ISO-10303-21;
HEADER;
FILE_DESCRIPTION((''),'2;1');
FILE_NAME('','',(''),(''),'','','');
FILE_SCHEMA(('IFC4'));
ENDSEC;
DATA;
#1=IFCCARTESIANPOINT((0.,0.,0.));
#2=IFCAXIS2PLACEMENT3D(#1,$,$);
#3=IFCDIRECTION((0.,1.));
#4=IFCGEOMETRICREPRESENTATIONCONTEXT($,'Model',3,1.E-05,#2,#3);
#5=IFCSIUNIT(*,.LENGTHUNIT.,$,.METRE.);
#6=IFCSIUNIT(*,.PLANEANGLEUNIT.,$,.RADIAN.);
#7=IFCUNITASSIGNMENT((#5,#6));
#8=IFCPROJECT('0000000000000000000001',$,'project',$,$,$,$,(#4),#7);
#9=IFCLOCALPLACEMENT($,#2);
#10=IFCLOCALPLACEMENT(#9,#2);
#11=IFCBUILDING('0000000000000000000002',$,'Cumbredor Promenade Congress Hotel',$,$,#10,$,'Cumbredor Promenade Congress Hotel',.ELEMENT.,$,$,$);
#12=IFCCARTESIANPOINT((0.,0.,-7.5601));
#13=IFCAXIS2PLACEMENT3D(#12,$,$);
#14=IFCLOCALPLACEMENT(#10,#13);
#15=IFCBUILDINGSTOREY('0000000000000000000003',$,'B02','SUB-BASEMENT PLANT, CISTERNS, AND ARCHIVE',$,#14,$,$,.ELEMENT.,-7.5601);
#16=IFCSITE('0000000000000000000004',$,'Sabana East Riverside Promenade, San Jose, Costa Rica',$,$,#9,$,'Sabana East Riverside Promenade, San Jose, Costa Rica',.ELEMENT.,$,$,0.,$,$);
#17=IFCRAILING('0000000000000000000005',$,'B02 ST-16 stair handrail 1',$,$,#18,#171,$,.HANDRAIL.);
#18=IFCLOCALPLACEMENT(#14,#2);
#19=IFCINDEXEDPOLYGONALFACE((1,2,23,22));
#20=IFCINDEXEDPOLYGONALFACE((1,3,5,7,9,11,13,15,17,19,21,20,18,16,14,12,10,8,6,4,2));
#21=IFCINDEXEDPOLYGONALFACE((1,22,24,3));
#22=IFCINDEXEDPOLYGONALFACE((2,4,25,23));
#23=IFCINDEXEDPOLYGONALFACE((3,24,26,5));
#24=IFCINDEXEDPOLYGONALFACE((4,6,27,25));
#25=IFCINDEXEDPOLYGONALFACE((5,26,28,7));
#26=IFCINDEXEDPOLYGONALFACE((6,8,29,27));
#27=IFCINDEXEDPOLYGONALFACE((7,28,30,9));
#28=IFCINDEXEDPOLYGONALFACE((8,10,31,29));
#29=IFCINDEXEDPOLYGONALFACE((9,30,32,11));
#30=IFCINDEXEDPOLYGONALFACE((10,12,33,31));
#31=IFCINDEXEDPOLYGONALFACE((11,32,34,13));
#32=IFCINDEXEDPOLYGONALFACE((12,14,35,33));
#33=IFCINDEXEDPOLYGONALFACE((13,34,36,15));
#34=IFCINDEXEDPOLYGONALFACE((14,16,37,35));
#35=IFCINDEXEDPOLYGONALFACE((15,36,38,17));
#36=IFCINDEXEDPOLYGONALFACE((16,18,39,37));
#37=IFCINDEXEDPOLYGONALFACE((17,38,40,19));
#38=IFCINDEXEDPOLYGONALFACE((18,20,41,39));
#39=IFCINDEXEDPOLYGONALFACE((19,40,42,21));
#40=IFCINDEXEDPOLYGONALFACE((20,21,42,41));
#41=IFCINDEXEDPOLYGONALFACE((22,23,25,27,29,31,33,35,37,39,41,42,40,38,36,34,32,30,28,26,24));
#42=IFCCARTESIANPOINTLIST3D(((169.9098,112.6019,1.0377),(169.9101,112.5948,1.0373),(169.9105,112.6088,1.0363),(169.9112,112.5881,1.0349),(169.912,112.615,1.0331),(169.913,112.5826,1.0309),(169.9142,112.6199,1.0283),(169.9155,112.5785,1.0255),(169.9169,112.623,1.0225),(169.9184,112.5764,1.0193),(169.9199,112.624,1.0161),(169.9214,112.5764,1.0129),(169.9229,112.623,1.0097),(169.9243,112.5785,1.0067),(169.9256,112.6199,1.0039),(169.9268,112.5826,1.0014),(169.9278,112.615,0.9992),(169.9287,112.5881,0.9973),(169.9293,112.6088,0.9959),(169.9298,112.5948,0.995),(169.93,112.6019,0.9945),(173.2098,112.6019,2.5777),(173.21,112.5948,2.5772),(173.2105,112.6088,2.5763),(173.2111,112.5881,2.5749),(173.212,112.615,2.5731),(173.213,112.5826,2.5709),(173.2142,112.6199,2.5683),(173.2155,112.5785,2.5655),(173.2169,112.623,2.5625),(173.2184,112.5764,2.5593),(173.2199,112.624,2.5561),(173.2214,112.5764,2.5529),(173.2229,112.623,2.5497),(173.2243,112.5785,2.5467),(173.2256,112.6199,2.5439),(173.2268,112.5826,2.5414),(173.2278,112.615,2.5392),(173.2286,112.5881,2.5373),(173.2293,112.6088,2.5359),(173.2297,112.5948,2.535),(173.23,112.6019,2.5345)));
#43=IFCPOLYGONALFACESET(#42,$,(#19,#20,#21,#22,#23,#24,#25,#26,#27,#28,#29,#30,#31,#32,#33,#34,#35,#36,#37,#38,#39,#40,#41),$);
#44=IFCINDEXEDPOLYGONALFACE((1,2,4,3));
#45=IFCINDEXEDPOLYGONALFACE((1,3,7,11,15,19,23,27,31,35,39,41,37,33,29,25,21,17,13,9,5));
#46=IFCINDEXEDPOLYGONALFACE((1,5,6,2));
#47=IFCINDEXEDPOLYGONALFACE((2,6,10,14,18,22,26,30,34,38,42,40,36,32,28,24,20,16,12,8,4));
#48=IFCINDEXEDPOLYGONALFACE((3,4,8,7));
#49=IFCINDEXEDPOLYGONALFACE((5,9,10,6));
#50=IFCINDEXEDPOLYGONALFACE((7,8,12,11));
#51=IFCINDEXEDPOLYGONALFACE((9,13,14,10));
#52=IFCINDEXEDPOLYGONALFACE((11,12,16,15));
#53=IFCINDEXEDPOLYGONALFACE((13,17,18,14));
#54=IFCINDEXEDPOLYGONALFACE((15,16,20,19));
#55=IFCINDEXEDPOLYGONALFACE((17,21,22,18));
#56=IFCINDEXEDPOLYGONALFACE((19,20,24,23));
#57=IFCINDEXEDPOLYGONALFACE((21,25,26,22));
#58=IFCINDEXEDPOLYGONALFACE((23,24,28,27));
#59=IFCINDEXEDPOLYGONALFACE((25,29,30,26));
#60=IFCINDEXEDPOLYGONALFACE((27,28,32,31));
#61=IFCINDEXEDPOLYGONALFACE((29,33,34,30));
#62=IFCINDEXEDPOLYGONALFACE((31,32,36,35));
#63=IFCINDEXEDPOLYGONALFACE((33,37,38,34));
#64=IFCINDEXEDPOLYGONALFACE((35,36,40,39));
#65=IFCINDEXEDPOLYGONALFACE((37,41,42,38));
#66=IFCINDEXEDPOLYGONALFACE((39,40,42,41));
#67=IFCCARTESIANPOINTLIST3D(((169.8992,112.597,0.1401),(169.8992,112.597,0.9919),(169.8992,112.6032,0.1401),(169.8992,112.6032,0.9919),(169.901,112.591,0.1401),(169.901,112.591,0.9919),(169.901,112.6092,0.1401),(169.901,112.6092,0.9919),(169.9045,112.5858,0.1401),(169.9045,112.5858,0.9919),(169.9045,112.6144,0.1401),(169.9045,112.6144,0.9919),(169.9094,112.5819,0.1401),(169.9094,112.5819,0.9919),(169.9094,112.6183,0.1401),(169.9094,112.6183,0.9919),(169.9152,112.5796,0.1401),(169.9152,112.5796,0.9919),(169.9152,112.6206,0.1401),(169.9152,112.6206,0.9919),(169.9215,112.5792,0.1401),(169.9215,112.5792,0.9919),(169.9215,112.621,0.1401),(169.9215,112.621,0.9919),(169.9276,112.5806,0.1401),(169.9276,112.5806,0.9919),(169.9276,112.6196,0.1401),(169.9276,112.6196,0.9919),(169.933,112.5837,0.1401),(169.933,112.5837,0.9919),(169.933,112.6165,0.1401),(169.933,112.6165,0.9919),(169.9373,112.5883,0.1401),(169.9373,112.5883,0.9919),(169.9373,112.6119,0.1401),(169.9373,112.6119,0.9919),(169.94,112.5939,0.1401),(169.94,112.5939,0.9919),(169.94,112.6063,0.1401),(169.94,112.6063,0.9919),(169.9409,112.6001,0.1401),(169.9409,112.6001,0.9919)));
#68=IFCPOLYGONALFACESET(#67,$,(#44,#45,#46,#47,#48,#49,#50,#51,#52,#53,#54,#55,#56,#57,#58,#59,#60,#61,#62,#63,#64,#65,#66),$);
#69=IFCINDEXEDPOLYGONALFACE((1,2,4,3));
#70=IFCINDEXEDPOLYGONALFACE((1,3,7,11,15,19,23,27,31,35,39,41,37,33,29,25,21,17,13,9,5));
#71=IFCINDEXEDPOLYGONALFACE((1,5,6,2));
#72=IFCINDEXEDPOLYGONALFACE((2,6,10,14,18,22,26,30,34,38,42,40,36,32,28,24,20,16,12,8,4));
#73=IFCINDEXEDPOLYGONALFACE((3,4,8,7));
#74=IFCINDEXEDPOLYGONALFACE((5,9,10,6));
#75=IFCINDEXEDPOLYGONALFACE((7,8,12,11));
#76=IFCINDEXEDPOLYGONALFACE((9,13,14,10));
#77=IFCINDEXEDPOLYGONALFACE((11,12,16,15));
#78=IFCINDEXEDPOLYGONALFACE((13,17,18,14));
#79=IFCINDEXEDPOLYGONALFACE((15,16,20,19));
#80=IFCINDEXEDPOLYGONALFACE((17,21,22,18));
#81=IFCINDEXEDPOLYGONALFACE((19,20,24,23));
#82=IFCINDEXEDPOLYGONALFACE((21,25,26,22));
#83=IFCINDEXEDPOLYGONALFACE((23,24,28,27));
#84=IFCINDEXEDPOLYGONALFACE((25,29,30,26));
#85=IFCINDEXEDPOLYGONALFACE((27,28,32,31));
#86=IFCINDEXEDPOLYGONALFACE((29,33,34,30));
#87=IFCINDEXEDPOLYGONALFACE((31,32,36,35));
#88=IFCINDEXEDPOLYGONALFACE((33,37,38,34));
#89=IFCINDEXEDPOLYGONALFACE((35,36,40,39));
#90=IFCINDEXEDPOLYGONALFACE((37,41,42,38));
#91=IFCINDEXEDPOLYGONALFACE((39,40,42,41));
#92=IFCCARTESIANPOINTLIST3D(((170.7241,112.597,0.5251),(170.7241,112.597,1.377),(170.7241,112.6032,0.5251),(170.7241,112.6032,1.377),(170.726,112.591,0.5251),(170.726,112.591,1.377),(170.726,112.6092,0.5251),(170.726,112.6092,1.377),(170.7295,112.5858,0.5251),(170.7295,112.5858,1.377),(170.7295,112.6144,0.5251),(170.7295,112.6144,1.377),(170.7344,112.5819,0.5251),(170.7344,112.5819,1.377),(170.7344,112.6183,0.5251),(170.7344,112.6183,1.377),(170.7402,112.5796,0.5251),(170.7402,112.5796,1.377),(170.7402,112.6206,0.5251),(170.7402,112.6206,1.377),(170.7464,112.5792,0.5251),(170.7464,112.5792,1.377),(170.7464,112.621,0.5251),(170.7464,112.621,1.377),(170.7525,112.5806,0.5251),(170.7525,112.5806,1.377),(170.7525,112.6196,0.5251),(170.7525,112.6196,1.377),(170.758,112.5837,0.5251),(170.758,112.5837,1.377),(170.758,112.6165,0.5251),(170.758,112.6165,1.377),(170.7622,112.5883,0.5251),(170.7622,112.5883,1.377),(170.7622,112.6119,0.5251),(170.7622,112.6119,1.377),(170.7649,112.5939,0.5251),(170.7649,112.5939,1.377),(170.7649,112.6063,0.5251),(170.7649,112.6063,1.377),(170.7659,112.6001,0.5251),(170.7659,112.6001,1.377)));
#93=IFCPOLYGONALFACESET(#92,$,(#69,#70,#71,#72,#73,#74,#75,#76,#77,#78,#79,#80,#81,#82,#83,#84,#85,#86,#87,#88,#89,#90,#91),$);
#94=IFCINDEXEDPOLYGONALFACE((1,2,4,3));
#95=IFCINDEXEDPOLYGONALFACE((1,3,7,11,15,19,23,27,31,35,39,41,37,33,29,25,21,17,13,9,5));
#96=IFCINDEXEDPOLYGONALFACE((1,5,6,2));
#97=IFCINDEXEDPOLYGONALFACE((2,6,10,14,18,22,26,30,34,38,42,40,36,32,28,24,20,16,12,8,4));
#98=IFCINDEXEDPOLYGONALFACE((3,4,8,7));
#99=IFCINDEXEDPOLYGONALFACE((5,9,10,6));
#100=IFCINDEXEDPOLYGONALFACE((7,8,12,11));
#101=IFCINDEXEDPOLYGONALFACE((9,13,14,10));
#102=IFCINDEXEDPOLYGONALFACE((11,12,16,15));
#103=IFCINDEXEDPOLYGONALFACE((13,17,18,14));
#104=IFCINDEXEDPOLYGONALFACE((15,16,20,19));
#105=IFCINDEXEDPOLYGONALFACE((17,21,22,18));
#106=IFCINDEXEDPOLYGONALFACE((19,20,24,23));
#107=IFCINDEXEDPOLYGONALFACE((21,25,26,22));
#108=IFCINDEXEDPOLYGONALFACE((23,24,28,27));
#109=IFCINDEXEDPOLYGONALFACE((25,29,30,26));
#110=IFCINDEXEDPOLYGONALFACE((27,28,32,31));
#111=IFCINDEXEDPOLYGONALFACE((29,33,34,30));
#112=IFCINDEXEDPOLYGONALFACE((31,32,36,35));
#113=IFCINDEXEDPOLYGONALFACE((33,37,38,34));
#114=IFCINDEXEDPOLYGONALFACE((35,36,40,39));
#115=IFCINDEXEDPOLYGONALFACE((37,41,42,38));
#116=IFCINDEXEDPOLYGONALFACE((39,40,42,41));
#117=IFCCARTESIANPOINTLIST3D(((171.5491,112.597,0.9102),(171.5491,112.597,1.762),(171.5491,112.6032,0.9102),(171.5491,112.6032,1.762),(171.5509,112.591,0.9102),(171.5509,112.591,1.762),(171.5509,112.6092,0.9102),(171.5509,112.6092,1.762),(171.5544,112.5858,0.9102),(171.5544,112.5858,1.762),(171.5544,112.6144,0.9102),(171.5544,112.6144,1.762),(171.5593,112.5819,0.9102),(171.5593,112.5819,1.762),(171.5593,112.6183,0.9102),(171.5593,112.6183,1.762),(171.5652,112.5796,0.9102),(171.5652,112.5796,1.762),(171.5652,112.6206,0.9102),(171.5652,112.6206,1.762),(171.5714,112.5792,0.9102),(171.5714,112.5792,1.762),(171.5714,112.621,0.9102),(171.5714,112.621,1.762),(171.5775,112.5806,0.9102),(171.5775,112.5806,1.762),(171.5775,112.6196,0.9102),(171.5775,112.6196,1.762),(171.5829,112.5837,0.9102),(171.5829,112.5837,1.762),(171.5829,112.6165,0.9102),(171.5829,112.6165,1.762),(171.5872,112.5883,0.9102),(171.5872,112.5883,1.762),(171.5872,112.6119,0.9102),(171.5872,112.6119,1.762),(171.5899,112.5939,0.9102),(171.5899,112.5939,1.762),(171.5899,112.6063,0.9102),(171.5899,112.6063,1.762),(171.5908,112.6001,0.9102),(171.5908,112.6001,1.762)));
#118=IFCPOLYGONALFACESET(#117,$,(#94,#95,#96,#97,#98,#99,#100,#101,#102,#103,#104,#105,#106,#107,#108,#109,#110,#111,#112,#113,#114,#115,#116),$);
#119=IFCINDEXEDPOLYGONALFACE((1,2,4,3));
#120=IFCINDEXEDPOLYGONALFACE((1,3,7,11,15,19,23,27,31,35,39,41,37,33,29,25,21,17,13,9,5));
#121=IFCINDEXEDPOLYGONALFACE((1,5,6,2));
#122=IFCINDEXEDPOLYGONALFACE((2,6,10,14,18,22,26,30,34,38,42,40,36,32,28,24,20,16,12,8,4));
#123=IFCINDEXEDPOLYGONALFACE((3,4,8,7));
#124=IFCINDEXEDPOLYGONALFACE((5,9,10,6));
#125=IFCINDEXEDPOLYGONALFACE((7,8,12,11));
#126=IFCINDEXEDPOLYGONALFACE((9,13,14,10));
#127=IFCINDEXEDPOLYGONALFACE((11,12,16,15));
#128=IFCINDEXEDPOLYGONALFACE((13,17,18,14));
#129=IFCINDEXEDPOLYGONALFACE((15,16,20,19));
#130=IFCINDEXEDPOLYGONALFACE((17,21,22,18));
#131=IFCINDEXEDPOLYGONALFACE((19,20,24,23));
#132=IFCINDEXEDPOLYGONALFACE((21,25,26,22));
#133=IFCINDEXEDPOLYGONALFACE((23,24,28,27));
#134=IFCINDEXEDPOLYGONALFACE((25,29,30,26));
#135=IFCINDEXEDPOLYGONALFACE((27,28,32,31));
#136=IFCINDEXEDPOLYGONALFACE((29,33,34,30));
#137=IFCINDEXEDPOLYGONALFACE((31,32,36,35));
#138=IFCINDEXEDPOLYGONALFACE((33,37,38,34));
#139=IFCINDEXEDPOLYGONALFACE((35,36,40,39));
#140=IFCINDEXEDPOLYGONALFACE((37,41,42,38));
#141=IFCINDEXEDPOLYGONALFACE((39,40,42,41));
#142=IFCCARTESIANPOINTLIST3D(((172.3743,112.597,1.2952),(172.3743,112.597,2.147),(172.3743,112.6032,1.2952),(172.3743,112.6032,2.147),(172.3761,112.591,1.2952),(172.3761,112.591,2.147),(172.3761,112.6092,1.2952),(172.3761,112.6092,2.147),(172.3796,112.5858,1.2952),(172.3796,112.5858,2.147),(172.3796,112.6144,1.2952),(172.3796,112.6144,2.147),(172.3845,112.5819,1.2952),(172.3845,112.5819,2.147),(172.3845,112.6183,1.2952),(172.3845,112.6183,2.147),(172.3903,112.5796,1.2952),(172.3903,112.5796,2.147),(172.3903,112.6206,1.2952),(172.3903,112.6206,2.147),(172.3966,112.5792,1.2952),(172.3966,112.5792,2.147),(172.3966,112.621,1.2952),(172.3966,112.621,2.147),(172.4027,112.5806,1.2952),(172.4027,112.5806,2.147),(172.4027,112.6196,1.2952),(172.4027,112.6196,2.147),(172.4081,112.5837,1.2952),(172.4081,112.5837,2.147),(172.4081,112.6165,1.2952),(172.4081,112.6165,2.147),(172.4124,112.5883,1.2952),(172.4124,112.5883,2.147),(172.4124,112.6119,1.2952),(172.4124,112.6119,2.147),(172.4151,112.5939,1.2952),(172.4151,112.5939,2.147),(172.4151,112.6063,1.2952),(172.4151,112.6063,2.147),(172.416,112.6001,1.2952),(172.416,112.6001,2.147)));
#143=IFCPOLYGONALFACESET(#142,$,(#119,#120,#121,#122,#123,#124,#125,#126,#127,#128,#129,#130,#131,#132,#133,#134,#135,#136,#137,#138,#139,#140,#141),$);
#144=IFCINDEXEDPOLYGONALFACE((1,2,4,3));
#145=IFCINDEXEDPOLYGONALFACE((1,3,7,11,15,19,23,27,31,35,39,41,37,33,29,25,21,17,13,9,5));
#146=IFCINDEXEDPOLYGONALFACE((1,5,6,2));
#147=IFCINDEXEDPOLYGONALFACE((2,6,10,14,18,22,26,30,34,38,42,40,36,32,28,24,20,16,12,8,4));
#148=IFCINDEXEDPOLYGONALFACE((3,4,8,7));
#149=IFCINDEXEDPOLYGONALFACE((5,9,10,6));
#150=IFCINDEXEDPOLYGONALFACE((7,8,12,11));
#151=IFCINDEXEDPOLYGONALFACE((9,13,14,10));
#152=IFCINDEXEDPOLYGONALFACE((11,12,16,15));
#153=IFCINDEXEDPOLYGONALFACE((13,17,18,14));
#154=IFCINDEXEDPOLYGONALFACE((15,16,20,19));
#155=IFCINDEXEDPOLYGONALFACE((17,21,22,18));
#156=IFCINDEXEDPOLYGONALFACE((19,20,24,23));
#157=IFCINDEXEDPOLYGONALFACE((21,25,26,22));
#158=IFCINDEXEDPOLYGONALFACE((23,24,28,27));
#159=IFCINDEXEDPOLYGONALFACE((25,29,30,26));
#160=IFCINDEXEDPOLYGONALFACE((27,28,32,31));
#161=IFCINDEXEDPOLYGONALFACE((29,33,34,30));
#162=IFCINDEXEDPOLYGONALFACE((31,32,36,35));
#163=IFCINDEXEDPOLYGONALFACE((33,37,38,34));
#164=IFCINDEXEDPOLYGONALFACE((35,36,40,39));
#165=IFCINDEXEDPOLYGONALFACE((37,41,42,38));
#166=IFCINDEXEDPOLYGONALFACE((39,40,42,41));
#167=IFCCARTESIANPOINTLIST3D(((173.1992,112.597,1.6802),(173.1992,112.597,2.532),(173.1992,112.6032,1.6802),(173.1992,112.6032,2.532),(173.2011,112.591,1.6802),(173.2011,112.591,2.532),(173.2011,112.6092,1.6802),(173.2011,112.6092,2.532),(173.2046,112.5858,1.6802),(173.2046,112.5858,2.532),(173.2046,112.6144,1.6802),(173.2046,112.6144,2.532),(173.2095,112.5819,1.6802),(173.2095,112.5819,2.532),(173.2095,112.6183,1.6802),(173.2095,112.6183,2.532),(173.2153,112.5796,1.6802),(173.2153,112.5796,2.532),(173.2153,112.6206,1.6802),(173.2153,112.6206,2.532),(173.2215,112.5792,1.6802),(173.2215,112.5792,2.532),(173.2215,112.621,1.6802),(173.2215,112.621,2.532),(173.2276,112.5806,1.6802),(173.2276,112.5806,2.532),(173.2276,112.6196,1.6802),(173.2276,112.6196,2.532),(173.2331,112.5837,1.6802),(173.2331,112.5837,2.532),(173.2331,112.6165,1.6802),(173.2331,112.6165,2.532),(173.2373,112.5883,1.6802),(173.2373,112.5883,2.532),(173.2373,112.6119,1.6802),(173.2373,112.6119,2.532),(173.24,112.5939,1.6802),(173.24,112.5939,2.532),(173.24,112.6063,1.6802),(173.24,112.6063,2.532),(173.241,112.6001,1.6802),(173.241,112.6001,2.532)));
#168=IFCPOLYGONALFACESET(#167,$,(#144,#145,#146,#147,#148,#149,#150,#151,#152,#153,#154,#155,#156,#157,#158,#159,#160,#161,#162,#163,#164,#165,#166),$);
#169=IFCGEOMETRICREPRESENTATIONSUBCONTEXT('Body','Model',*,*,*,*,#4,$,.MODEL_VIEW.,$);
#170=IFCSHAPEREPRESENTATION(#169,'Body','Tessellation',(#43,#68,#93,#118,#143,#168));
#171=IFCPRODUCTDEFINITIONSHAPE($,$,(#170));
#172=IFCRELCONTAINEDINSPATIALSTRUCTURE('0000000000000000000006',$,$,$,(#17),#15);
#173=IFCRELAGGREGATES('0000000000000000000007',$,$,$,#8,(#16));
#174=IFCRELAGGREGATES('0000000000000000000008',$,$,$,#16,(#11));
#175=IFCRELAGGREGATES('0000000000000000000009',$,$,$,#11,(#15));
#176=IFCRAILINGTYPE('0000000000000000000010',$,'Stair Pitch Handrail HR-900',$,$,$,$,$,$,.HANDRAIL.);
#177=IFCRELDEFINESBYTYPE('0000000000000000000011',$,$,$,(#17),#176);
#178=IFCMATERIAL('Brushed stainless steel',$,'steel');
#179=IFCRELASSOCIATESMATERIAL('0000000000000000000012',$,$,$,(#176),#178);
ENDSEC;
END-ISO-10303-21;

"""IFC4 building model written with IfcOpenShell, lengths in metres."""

from ifc_helpers import new_model, si_unit, direction, frame, origin, origin_2d, place, context, subcontext, project, spatial, circle, extrude, material, type_object, element, save


model = new_model("IFC4")

# Units and contexts
model_context = context("Model", 3, precision=1e-05, world=origin(), true_north=direction((0.0, 1.0)))
body_context = subcontext(model_context, "Body", "Model", "MODEL_VIEW")
ifc_project = project(units=[si_unit("LENGTHUNIT", "METRE"), si_unit("PLANEANGLEUNIT", "RADIAN")], contexts=[model_context])

# Site, building, storey
site_placement = place(None, origin())
site = spatial("IfcSite", under=ifc_project, at=site_placement, Name="Sabana East Riverside Promenade, San Jose, Costa Rica", LongName="Sabana East Riverside Promenade, San Jose, Costa Rica", CompositionType="ELEMENT", RefElevation=0.0)
building_placement = place(site_placement, origin())
building = spatial("IfcBuilding", under=site, at=building_placement, Name="Cumbredor Promenade Congress Hotel", LongName="Cumbredor Promenade Congress Hotel", CompositionType="ELEMENT")
storey_placement = place(building_placement, frame((0.0, 0.0, -7.5601)))
storey = spatial("IfcBuildingStorey", under=building, at=storey_placement, Name="B02", Description="SUB-BASEMENT PLANT, CISTERNS, AND ARCHIVE", CompositionType="ELEMENT", Elevation=-7.5601)

# Railing
ifc_material_1 = material(Name="Brushed stainless steel", Category="steel")
railing_type_1 = type_object("IfcRailingType", Name="Stair Pitch Handrail HR-900", PredefinedType="HANDRAIL", material=ifc_material_1)
railing_1_placement = place(storey_placement, frame((169.9199, 112.6001, 0.1401)))
element("IfcRailing", 1, at=railing_1_placement, inside=storey, type_object=railing_type_1, Name="B02 ST-16 stair handrail 1", PredefinedType="HANDRAIL", context=body_context, shape_type="SweptSolid", body=[
    extrude(circle(Radius=0.0239, at=origin_2d()), frame((0.0, 0.0, 0.876), z_axis=(0.906181, 0.0, 0.422889), x_axis=(0.0, 1.0, 0.0)), (0.0, 0.0, 1.0), 3.6416),
    extrude(circle(Radius=0.021, at=origin_2d()), origin(), (0.0, 0.0, 1.0), 0.8518),
    extrude(circle(Radius=0.021, at=origin_2d()), frame((0.825, 0.0, 0.385)), (0.0, 0.0, 1.0), 0.8518),
    extrude(circle(Radius=0.021, at=origin_2d()), frame((1.6499, 0.0, 0.77)), (0.0, 0.0, 1.0), 0.8518),
    extrude(circle(Radius=0.021, at=origin_2d()), frame((2.4751, 0.0, 1.155)), (0.0, 0.0, 1.0), 0.8518),
    extrude(circle(Radius=0.021, at=origin_2d()), frame((3.3, 0.0, 1.54)), (0.0, 0.0, 1.0), 0.8518),
])

save(model, "model.ifc")
